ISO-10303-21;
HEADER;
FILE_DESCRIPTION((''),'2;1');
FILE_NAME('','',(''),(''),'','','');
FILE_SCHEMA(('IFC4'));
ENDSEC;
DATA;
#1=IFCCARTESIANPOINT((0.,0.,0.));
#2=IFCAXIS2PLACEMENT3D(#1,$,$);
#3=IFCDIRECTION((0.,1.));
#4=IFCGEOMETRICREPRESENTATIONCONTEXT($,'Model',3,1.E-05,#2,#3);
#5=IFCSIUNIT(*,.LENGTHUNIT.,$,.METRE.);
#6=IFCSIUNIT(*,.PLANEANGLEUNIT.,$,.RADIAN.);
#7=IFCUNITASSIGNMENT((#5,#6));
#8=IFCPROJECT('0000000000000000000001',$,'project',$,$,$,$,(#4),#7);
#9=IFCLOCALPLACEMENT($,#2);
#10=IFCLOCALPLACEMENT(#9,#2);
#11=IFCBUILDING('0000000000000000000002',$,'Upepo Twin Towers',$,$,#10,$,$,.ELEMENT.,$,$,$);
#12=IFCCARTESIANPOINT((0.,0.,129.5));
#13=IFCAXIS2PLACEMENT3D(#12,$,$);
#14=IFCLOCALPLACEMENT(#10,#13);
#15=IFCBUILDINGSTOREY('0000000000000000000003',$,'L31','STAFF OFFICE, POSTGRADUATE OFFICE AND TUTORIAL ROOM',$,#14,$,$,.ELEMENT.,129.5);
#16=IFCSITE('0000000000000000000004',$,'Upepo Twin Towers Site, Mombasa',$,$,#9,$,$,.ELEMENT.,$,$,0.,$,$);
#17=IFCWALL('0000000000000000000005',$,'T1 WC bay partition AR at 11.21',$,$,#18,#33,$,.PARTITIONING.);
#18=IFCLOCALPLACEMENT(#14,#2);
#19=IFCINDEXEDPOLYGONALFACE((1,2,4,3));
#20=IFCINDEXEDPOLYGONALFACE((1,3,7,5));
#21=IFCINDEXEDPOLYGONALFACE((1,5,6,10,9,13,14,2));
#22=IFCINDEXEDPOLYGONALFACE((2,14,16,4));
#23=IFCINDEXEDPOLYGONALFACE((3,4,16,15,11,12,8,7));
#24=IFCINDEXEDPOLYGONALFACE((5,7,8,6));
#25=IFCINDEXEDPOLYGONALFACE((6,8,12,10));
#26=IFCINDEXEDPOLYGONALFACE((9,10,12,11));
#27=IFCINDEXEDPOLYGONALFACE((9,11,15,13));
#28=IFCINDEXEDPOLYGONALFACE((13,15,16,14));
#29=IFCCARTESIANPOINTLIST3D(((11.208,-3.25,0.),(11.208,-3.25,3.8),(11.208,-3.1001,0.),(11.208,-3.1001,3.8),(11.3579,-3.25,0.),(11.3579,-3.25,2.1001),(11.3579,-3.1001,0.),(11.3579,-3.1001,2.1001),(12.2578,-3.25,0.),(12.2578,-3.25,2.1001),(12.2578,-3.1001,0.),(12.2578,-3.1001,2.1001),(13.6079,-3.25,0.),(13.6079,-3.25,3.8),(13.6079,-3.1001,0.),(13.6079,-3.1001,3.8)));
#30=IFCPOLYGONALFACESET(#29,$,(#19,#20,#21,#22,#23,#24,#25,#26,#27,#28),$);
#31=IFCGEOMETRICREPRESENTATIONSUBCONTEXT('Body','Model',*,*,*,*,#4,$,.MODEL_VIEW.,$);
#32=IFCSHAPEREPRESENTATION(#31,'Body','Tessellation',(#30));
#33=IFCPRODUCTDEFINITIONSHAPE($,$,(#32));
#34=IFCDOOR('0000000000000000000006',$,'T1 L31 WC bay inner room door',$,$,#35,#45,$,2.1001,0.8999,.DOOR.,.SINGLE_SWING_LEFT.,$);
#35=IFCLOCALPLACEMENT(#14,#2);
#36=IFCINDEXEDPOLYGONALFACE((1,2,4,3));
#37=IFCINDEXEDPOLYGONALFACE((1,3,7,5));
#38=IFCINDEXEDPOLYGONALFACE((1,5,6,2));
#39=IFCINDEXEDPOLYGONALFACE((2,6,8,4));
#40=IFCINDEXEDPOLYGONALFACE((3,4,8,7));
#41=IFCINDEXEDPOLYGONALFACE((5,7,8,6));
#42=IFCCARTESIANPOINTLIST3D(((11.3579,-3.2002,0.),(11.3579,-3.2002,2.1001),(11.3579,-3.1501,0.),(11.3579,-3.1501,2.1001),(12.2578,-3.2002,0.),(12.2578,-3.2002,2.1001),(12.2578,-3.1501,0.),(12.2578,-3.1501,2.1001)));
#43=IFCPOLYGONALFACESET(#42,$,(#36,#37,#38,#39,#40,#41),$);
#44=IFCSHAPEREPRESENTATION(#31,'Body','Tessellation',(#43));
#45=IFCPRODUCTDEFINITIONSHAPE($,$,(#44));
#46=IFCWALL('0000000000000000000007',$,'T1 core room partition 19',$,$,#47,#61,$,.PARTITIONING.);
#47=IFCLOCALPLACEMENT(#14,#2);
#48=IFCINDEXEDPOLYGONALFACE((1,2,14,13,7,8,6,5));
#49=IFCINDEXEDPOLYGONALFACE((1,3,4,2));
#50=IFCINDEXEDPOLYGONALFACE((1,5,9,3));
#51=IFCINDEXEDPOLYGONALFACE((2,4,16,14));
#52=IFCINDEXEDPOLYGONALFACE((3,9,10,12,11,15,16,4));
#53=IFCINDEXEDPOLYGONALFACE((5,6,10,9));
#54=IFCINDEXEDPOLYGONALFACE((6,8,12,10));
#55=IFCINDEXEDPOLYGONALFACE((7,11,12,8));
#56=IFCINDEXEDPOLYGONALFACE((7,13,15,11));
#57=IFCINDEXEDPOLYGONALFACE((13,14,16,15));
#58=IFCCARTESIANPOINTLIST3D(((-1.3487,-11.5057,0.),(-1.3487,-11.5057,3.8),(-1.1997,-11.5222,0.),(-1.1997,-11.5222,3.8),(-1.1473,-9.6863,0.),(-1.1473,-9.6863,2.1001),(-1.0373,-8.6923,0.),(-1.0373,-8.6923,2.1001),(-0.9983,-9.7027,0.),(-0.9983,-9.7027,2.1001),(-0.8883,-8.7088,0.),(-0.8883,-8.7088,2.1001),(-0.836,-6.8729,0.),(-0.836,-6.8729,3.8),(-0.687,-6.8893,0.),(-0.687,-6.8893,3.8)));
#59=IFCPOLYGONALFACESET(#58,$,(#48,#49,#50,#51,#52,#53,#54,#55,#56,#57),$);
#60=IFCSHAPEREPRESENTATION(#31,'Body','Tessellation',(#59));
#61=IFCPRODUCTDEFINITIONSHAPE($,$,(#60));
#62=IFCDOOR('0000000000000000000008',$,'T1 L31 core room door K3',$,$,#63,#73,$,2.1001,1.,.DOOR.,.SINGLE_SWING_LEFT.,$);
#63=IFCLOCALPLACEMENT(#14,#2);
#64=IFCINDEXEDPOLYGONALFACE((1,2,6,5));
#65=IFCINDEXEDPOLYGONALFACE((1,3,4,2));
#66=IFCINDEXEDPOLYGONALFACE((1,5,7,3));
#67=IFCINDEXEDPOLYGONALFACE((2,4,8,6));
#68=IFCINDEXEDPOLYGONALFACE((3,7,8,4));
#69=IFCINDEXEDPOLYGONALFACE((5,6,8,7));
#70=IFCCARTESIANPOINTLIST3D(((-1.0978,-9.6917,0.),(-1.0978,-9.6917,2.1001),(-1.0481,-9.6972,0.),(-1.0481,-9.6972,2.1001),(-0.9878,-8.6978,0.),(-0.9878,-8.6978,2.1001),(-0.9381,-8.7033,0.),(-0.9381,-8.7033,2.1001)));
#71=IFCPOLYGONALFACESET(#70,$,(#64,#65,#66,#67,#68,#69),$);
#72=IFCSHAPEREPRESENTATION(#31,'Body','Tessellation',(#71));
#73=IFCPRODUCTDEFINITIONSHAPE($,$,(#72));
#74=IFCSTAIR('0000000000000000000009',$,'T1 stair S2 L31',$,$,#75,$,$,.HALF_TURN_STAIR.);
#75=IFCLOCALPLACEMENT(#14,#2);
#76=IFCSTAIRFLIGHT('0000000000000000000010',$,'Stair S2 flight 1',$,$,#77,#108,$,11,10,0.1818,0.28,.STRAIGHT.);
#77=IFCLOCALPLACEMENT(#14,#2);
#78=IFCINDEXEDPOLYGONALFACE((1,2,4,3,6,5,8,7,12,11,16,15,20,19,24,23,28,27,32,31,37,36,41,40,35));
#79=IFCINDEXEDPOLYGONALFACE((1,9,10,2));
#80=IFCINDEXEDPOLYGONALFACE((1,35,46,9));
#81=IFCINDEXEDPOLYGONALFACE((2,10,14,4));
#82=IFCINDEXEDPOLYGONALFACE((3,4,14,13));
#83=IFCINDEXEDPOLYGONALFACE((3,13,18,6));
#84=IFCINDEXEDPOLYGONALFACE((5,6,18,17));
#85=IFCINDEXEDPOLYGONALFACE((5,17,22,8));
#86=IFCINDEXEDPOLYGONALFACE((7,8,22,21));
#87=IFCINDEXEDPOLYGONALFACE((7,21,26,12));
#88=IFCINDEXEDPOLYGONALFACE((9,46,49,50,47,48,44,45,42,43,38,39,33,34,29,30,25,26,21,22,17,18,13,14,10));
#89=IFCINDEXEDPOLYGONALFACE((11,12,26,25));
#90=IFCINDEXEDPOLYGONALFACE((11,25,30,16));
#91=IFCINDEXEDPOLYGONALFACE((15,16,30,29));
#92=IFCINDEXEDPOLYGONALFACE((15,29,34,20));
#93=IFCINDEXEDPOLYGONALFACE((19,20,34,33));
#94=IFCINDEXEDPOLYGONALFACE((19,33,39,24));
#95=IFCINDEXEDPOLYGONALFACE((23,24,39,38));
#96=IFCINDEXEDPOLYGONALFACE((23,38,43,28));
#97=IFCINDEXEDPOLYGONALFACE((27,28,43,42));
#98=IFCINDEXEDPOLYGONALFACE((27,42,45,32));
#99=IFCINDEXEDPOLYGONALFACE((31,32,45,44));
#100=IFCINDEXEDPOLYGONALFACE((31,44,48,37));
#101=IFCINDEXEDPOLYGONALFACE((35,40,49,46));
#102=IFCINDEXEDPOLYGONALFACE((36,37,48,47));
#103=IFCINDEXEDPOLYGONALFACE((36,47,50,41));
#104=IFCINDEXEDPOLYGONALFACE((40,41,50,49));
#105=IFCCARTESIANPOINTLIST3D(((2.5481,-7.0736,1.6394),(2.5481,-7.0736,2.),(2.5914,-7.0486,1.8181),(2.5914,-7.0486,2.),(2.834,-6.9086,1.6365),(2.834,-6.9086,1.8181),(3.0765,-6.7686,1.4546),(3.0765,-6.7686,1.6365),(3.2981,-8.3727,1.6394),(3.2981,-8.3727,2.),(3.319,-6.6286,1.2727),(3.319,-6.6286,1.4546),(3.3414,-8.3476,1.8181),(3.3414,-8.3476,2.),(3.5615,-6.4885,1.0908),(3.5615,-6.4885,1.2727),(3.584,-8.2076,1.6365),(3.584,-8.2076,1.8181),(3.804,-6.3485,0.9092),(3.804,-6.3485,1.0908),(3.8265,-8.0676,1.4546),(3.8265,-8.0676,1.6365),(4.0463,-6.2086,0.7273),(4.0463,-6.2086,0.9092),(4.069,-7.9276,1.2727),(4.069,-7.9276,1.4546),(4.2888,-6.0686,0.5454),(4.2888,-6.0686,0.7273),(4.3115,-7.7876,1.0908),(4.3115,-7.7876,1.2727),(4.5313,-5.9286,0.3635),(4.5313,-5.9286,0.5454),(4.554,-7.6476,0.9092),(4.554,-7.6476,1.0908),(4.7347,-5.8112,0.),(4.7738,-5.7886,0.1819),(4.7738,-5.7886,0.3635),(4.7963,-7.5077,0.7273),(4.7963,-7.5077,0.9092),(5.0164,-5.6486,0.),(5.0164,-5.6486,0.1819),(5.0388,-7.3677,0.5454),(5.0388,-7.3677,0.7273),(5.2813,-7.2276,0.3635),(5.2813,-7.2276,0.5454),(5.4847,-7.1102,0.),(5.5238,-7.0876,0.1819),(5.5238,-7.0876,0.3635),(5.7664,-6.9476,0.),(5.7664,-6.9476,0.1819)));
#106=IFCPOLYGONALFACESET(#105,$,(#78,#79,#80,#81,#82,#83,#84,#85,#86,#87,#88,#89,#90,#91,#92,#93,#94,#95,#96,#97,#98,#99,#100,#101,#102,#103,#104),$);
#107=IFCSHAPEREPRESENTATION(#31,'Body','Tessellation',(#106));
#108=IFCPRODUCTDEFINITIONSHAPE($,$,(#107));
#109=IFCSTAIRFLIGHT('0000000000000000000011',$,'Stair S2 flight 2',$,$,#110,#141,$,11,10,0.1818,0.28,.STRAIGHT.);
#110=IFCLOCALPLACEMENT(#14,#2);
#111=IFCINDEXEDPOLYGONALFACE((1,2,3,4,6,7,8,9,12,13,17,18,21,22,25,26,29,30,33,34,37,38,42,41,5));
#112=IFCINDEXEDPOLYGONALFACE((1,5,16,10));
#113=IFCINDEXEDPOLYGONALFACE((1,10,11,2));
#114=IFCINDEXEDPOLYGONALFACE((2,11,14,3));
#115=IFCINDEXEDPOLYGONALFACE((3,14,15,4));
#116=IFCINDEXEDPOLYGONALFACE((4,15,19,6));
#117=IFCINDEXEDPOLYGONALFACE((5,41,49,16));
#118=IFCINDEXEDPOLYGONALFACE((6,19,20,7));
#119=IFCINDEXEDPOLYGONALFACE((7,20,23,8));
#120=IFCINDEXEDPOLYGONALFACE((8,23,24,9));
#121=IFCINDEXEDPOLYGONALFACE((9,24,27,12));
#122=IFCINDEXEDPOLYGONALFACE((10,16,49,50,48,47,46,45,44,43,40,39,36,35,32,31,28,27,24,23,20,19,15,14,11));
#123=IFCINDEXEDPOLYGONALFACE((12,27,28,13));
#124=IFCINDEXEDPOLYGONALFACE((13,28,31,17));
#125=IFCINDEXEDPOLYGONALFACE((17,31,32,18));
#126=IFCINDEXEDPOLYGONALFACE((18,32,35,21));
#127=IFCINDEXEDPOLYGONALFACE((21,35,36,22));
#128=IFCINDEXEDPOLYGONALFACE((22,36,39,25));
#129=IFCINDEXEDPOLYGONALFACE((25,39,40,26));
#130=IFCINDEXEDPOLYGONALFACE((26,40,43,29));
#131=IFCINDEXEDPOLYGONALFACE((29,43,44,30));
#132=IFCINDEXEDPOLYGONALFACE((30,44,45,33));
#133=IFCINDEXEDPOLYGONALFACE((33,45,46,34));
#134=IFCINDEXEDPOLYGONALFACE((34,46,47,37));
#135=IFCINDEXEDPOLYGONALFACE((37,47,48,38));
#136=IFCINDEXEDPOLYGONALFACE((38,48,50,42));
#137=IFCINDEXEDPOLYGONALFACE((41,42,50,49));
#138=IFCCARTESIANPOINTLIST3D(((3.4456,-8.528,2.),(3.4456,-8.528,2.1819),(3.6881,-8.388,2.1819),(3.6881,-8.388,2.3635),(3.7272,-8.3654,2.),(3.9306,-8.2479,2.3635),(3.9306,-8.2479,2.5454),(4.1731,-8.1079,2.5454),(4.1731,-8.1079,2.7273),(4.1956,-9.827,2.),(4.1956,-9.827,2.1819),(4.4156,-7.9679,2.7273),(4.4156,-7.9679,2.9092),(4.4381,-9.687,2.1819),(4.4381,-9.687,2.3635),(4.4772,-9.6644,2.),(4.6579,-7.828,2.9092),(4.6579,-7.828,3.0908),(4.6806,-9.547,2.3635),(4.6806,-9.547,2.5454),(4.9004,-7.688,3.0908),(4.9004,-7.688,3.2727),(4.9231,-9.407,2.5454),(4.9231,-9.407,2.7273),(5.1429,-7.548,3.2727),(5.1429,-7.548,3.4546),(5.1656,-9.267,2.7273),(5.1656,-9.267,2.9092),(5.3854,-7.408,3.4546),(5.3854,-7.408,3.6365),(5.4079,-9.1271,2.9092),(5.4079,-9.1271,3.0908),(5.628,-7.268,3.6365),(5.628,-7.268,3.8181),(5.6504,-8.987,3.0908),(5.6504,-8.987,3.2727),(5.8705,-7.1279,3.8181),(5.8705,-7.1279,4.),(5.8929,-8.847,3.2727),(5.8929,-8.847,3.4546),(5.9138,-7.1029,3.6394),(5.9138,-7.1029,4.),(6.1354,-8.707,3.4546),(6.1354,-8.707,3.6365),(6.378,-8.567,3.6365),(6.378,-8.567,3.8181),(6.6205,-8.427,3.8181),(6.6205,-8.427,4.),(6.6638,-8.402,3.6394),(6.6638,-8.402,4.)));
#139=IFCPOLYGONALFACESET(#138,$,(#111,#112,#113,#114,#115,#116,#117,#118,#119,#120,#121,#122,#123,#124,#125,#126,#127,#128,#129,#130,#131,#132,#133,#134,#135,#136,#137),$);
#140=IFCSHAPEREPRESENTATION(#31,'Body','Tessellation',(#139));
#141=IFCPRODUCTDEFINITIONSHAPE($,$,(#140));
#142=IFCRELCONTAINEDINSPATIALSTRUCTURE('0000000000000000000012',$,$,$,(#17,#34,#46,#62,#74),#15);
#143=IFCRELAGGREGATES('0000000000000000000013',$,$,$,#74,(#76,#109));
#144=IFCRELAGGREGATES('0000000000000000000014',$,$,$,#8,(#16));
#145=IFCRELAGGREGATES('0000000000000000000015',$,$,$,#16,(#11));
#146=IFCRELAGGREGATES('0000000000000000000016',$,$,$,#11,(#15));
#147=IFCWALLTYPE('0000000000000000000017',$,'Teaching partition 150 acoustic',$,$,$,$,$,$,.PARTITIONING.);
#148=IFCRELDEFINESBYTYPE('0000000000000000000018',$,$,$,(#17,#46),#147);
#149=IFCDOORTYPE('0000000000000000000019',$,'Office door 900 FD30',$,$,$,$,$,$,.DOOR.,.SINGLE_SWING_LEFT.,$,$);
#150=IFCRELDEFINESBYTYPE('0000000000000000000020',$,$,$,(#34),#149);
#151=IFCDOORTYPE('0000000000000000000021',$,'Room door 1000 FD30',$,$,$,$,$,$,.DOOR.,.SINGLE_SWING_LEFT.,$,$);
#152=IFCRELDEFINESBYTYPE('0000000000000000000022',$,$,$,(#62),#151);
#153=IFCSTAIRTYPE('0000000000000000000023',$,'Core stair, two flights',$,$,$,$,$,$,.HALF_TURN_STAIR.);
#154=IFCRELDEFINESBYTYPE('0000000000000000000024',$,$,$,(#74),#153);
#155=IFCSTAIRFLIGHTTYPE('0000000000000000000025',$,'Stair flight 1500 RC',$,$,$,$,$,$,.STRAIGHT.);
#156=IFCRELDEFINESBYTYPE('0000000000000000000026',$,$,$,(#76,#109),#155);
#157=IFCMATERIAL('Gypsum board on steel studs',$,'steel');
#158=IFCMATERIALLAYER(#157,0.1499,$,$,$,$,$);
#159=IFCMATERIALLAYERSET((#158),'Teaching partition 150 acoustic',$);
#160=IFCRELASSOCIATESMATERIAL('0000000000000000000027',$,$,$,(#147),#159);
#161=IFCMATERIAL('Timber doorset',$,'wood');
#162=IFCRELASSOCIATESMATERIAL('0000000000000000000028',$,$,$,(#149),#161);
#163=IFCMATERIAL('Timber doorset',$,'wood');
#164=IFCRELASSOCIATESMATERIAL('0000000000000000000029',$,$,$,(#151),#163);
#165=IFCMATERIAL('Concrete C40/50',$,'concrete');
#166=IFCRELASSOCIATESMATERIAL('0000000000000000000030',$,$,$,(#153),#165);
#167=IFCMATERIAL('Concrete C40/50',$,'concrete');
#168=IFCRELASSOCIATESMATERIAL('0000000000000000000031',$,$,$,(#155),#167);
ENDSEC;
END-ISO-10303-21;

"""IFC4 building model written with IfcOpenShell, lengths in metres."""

from ifc_helpers import new_model, si_unit, direction, frame, frame_2d, origin, place, context, subcontext, project, spatial, polyline, rectangle, outline, extrude, material, layer, layer_set, type_object, element, fill, aggregate, save


model = new_model("IFC4")

# Units and contexts
model_context = context("Model", 3, precision=1e-05, world=origin(), true_north=direction((0.0, 1.0)))
body_context = subcontext(model_context, "Body", "Model", "MODEL_VIEW")
ifc_project = project(units=[si_unit("LENGTHUNIT", "METRE"), si_unit("PLANEANGLEUNIT", "RADIAN")], contexts=[model_context])

# Site, building, storey
site_placement = place(None, origin())
site = spatial("IfcSite", under=ifc_project, at=site_placement, Name="Upepo Twin Towers Site, Mombasa", CompositionType="ELEMENT", RefElevation=0.0)
building_placement = place(site_placement, origin())
building = spatial("IfcBuilding", under=site, at=building_placement, Name="Upepo Twin Towers", CompositionType="ELEMENT")
storey_placement = place(building_placement, frame((0.0, 0.0, 129.5)))
storey = spatial("IfcBuildingStorey", under=building, at=storey_placement, Name="L31", Description="STAFF OFFICE, POSTGRADUATE OFFICE AND TUTORIAL ROOM", CompositionType="ELEMENT", Elevation=129.5)

# Walls, openings, doors
ifc_material_1 = material(Name="Gypsum board on steel studs", Category="steel")
ifc_layer_1 = layer(ifc_material_1, 0.1499)
ifc_layer_set_1 = layer_set([ifc_layer_1], Name="Teaching partition 150 acoustic")
wall_type_1 = type_object("IfcWallType", Name="Teaching partition 150 acoustic", PredefinedType="PARTITIONING", material=ifc_layer_set_1)
wall_1_placement = place(storey_placement, frame((11.208, -3.175, 0.0), z_axis=(0.0, 0.0, 1.0), x_axis=(1.0, 0.0, 0.0)))
wall_1 = element("IfcWall", 1, at=wall_1_placement, inside=storey, type_object=wall_type_1, Name="T1 WC bay partition AR at 11.21", PredefinedType="PARTITIONING", context=body_context, shape_type="SweptSolid", body=[
    extrude(rectangle(XDim=2.3999, YDim=0.1499, at=frame_2d((1.2, 0.0))), origin(), (0.0, 0.0, 1.0), 3.8),
])
opening_1_placement = place(wall_1_placement, frame((0.1499, 0.0, 0.0)))
opening_1 = element("IfcOpeningElement", 2, at=opening_1_placement, cuts=wall_1, PredefinedType="OPENING", context=body_context, shape_type="SweptSolid", body=[
    extrude(rectangle(XDim=0.8999, YDim=2.1001, at=frame_2d((0.45, 1.05))), frame((0.0, 0.085, 0.0), z_axis=(0.0, -1.0, 0.0), x_axis=(1.0, 0.0, 0.0)), (0.0, 0.0, 1.0), 0.1699),
])
ifc_material_2 = material(Name="Timber doorset", Category="wood")
door_type_1 = type_object("IfcDoorType", Name="Office door 900 FD30", OperationType="SINGLE_SWING_LEFT", PredefinedType="DOOR", material=ifc_material_2)
door_1_placement = place(opening_1_placement, origin())
door_1 = element("IfcDoor", 3, at=door_1_placement, inside=storey, type_object=door_type_1, Name="T1 L31 WC bay inner room door", OperationType="SINGLE_SWING_LEFT", OverallHeight=2.1001, OverallWidth=0.8999, PredefinedType="DOOR", context=body_context, shape_type="SweptSolid", body=[
    extrude(rectangle(XDim=0.8999, YDim=2.1001, at=frame_2d((0.45, 1.05))), frame((0.0, 0.0249, 0.0), z_axis=(0.0, -1.0, 0.0), x_axis=(1.0, 0.0, 0.0)), (0.0, 0.0, 1.0), 0.05),
])
fill(opening_1, door_1)
wall_2_placement = place(storey_placement, frame((-0.7615, -6.8811, 0.0), z_axis=(0.0, 0.0, 1.0), x_axis=(-0.109995, -0.993932, 0.0)))
wall_2 = element("IfcWall", 4, at=wall_2_placement, inside=storey, type_object=wall_type_1, Name="T1 core room partition 19", PredefinedType="PARTITIONING", context=body_context, shape_type="SweptSolid", body=[
    extrude(rectangle(XDim=4.6611, YDim=0.1499, at=frame_2d((2.3306, 0.0))), origin(), (0.0, 0.0, 1.0), 3.8),
])
opening_2_placement = place(wall_2_placement, frame((1.8306, 0.0, 0.0)))
opening_2 = element("IfcOpeningElement", 5, at=opening_2_placement, cuts=wall_2, PredefinedType="OPENING", context=body_context, shape_type="SweptSolid", body=[
    extrude(rectangle(XDim=1.0, YDim=2.1001, at=frame_2d((0.5, 1.05))), frame((0.0, 0.085, 0.0), z_axis=(0.0, -1.0, 0.0), x_axis=(1.0, 0.0, 0.0)), (0.0, 0.0, 1.0), 0.1699),
])
ifc_material_3 = material(Name="Timber doorset", Category="wood")
door_type_2 = type_object("IfcDoorType", Name="Room door 1000 FD30", OperationType="SINGLE_SWING_LEFT", PredefinedType="DOOR", material=ifc_material_3)
door_2_placement = place(opening_2_placement, origin())
door_2 = element("IfcDoor", 6, at=door_2_placement, inside=storey, type_object=door_type_2, Name="T1 L31 core room door K3", OperationType="SINGLE_SWING_LEFT", OverallHeight=2.1001, OverallWidth=1.0, PredefinedType="DOOR", context=body_context, shape_type="SweptSolid", body=[
    extrude(rectangle(XDim=1.0, YDim=2.1001, at=frame_2d((0.5, 1.05))), frame((0.0, 0.0249, 0.0), z_axis=(0.0, -1.0, 0.0), x_axis=(1.0, 0.0, 0.0)), (0.0, 0.0, 1.0), 0.05),
])
fill(opening_2, door_2)

# Stair, stair flights
ifc_material_4 = material(Name="Concrete C40/50", Category="concrete")
stair_type = type_object("IfcStairType", Name="Core stair, two flights", PredefinedType="HALF_TURN_STAIR", material=ifc_material_4)
stair_placement = place(storey_placement, origin())
stair = element("IfcStair", 7, at=stair_placement, inside=storey, type_object=stair_type, Name="T1 stair S2 L31", PredefinedType="HALF_TURN_STAIR")
ifc_material_5 = material(Name="Concrete C40/50", Category="concrete")
stair_flight_type = type_object("IfcStairFlightType", Name="Stair flight 1500 RC", PredefinedType="STRAIGHT", material=ifc_material_5)
stair_flight_1_placement = place(storey_placement, frame((5.3914, -6.2981, 0.0), z_axis=(0.0, 0.0, 1.0), x_axis=(-0.866025, -0.5, 0.0)))
stair_flight_1 = element("IfcStairFlight", 8, at=stair_flight_1_placement, type_object=stair_flight_type, Name="Stair S2 flight 1", NumberOfRisers=11, NumberOfTreads=10, PredefinedType="STRAIGHT", RiserHeight=0.1818, TreadLength=0.28, context=body_context, shape_type="SweptSolid", body=[
    extrude(outline(polyline([(0.0, 0.0), (0.0, 0.1819), (0.28, 0.1819), (0.28, 0.3635), (0.5601, 0.3635), (0.5601, 0.5454), (0.8401, 0.5454), (0.8401, 0.7273), (1.1201, 0.7273), (1.1201, 0.9092), (1.3999, 0.9092), (1.3999, 1.0908), (1.6799, 1.0908), (1.6799, 1.2727), (1.96, 1.2727), (1.96, 1.4546), (2.24, 1.4546), (2.24, 1.6365), (2.52, 1.6365), (2.52, 1.8181), (2.8, 1.8181), (2.8, 2.0), (2.8501, 2.0), (2.8501, 1.6394), (0.3252, 0.0), (0.0, 0.0)])), frame((0.0, 0.75, 0.0), z_axis=(0.0, -1.0, 0.0), x_axis=(1.0, 0.0, 0.0)), (0.0, 0.0, 1.0), 1.5),
])
stair_flight_2_placement = place(storey_placement, frame((3.8206, -9.1775, 2.0), z_axis=(0.0, 0.0, 1.0), x_axis=(0.866025, 0.5, 0.0)))
stair_flight_2 = element("IfcStairFlight", 9, at=stair_flight_2_placement, type_object=stair_flight_type, Name="Stair S2 flight 2", NumberOfRisers=11, NumberOfTreads=10, PredefinedType="STRAIGHT", RiserHeight=0.1818, TreadLength=0.28, context=body_context, shape_type="SweptSolid", body=[
    extrude(outline(polyline([(0.0, 0.0), (0.0, 0.1819), (0.28, 0.1819), (0.28, 0.3635), (0.5601, 0.3635), (0.5601, 0.5454), (0.8401, 0.5454), (0.8401, 0.7273), (1.1201, 0.7273), (1.1201, 0.9092), (1.3999, 0.9092), (1.3999, 1.0908), (1.6799, 1.0908), (1.6799, 1.2727), (1.96, 1.2727), (1.96, 1.4546), (2.24, 1.4546), (2.24, 1.6365), (2.52, 1.6365), (2.52, 1.8181), (2.8, 1.8181), (2.8, 2.0), (2.8501, 2.0), (2.8501, 1.6394), (0.3252, 0.0), (0.0, 0.0)])), frame((0.0, 0.75, 0.0), z_axis=(0.0, -1.0, 0.0), x_axis=(1.0, 0.0, 0.0)), (0.0, 0.0, 1.0), 1.5),
])
aggregate(stair, [stair_flight_1, stair_flight_2])

save(model, "model.ifc")
